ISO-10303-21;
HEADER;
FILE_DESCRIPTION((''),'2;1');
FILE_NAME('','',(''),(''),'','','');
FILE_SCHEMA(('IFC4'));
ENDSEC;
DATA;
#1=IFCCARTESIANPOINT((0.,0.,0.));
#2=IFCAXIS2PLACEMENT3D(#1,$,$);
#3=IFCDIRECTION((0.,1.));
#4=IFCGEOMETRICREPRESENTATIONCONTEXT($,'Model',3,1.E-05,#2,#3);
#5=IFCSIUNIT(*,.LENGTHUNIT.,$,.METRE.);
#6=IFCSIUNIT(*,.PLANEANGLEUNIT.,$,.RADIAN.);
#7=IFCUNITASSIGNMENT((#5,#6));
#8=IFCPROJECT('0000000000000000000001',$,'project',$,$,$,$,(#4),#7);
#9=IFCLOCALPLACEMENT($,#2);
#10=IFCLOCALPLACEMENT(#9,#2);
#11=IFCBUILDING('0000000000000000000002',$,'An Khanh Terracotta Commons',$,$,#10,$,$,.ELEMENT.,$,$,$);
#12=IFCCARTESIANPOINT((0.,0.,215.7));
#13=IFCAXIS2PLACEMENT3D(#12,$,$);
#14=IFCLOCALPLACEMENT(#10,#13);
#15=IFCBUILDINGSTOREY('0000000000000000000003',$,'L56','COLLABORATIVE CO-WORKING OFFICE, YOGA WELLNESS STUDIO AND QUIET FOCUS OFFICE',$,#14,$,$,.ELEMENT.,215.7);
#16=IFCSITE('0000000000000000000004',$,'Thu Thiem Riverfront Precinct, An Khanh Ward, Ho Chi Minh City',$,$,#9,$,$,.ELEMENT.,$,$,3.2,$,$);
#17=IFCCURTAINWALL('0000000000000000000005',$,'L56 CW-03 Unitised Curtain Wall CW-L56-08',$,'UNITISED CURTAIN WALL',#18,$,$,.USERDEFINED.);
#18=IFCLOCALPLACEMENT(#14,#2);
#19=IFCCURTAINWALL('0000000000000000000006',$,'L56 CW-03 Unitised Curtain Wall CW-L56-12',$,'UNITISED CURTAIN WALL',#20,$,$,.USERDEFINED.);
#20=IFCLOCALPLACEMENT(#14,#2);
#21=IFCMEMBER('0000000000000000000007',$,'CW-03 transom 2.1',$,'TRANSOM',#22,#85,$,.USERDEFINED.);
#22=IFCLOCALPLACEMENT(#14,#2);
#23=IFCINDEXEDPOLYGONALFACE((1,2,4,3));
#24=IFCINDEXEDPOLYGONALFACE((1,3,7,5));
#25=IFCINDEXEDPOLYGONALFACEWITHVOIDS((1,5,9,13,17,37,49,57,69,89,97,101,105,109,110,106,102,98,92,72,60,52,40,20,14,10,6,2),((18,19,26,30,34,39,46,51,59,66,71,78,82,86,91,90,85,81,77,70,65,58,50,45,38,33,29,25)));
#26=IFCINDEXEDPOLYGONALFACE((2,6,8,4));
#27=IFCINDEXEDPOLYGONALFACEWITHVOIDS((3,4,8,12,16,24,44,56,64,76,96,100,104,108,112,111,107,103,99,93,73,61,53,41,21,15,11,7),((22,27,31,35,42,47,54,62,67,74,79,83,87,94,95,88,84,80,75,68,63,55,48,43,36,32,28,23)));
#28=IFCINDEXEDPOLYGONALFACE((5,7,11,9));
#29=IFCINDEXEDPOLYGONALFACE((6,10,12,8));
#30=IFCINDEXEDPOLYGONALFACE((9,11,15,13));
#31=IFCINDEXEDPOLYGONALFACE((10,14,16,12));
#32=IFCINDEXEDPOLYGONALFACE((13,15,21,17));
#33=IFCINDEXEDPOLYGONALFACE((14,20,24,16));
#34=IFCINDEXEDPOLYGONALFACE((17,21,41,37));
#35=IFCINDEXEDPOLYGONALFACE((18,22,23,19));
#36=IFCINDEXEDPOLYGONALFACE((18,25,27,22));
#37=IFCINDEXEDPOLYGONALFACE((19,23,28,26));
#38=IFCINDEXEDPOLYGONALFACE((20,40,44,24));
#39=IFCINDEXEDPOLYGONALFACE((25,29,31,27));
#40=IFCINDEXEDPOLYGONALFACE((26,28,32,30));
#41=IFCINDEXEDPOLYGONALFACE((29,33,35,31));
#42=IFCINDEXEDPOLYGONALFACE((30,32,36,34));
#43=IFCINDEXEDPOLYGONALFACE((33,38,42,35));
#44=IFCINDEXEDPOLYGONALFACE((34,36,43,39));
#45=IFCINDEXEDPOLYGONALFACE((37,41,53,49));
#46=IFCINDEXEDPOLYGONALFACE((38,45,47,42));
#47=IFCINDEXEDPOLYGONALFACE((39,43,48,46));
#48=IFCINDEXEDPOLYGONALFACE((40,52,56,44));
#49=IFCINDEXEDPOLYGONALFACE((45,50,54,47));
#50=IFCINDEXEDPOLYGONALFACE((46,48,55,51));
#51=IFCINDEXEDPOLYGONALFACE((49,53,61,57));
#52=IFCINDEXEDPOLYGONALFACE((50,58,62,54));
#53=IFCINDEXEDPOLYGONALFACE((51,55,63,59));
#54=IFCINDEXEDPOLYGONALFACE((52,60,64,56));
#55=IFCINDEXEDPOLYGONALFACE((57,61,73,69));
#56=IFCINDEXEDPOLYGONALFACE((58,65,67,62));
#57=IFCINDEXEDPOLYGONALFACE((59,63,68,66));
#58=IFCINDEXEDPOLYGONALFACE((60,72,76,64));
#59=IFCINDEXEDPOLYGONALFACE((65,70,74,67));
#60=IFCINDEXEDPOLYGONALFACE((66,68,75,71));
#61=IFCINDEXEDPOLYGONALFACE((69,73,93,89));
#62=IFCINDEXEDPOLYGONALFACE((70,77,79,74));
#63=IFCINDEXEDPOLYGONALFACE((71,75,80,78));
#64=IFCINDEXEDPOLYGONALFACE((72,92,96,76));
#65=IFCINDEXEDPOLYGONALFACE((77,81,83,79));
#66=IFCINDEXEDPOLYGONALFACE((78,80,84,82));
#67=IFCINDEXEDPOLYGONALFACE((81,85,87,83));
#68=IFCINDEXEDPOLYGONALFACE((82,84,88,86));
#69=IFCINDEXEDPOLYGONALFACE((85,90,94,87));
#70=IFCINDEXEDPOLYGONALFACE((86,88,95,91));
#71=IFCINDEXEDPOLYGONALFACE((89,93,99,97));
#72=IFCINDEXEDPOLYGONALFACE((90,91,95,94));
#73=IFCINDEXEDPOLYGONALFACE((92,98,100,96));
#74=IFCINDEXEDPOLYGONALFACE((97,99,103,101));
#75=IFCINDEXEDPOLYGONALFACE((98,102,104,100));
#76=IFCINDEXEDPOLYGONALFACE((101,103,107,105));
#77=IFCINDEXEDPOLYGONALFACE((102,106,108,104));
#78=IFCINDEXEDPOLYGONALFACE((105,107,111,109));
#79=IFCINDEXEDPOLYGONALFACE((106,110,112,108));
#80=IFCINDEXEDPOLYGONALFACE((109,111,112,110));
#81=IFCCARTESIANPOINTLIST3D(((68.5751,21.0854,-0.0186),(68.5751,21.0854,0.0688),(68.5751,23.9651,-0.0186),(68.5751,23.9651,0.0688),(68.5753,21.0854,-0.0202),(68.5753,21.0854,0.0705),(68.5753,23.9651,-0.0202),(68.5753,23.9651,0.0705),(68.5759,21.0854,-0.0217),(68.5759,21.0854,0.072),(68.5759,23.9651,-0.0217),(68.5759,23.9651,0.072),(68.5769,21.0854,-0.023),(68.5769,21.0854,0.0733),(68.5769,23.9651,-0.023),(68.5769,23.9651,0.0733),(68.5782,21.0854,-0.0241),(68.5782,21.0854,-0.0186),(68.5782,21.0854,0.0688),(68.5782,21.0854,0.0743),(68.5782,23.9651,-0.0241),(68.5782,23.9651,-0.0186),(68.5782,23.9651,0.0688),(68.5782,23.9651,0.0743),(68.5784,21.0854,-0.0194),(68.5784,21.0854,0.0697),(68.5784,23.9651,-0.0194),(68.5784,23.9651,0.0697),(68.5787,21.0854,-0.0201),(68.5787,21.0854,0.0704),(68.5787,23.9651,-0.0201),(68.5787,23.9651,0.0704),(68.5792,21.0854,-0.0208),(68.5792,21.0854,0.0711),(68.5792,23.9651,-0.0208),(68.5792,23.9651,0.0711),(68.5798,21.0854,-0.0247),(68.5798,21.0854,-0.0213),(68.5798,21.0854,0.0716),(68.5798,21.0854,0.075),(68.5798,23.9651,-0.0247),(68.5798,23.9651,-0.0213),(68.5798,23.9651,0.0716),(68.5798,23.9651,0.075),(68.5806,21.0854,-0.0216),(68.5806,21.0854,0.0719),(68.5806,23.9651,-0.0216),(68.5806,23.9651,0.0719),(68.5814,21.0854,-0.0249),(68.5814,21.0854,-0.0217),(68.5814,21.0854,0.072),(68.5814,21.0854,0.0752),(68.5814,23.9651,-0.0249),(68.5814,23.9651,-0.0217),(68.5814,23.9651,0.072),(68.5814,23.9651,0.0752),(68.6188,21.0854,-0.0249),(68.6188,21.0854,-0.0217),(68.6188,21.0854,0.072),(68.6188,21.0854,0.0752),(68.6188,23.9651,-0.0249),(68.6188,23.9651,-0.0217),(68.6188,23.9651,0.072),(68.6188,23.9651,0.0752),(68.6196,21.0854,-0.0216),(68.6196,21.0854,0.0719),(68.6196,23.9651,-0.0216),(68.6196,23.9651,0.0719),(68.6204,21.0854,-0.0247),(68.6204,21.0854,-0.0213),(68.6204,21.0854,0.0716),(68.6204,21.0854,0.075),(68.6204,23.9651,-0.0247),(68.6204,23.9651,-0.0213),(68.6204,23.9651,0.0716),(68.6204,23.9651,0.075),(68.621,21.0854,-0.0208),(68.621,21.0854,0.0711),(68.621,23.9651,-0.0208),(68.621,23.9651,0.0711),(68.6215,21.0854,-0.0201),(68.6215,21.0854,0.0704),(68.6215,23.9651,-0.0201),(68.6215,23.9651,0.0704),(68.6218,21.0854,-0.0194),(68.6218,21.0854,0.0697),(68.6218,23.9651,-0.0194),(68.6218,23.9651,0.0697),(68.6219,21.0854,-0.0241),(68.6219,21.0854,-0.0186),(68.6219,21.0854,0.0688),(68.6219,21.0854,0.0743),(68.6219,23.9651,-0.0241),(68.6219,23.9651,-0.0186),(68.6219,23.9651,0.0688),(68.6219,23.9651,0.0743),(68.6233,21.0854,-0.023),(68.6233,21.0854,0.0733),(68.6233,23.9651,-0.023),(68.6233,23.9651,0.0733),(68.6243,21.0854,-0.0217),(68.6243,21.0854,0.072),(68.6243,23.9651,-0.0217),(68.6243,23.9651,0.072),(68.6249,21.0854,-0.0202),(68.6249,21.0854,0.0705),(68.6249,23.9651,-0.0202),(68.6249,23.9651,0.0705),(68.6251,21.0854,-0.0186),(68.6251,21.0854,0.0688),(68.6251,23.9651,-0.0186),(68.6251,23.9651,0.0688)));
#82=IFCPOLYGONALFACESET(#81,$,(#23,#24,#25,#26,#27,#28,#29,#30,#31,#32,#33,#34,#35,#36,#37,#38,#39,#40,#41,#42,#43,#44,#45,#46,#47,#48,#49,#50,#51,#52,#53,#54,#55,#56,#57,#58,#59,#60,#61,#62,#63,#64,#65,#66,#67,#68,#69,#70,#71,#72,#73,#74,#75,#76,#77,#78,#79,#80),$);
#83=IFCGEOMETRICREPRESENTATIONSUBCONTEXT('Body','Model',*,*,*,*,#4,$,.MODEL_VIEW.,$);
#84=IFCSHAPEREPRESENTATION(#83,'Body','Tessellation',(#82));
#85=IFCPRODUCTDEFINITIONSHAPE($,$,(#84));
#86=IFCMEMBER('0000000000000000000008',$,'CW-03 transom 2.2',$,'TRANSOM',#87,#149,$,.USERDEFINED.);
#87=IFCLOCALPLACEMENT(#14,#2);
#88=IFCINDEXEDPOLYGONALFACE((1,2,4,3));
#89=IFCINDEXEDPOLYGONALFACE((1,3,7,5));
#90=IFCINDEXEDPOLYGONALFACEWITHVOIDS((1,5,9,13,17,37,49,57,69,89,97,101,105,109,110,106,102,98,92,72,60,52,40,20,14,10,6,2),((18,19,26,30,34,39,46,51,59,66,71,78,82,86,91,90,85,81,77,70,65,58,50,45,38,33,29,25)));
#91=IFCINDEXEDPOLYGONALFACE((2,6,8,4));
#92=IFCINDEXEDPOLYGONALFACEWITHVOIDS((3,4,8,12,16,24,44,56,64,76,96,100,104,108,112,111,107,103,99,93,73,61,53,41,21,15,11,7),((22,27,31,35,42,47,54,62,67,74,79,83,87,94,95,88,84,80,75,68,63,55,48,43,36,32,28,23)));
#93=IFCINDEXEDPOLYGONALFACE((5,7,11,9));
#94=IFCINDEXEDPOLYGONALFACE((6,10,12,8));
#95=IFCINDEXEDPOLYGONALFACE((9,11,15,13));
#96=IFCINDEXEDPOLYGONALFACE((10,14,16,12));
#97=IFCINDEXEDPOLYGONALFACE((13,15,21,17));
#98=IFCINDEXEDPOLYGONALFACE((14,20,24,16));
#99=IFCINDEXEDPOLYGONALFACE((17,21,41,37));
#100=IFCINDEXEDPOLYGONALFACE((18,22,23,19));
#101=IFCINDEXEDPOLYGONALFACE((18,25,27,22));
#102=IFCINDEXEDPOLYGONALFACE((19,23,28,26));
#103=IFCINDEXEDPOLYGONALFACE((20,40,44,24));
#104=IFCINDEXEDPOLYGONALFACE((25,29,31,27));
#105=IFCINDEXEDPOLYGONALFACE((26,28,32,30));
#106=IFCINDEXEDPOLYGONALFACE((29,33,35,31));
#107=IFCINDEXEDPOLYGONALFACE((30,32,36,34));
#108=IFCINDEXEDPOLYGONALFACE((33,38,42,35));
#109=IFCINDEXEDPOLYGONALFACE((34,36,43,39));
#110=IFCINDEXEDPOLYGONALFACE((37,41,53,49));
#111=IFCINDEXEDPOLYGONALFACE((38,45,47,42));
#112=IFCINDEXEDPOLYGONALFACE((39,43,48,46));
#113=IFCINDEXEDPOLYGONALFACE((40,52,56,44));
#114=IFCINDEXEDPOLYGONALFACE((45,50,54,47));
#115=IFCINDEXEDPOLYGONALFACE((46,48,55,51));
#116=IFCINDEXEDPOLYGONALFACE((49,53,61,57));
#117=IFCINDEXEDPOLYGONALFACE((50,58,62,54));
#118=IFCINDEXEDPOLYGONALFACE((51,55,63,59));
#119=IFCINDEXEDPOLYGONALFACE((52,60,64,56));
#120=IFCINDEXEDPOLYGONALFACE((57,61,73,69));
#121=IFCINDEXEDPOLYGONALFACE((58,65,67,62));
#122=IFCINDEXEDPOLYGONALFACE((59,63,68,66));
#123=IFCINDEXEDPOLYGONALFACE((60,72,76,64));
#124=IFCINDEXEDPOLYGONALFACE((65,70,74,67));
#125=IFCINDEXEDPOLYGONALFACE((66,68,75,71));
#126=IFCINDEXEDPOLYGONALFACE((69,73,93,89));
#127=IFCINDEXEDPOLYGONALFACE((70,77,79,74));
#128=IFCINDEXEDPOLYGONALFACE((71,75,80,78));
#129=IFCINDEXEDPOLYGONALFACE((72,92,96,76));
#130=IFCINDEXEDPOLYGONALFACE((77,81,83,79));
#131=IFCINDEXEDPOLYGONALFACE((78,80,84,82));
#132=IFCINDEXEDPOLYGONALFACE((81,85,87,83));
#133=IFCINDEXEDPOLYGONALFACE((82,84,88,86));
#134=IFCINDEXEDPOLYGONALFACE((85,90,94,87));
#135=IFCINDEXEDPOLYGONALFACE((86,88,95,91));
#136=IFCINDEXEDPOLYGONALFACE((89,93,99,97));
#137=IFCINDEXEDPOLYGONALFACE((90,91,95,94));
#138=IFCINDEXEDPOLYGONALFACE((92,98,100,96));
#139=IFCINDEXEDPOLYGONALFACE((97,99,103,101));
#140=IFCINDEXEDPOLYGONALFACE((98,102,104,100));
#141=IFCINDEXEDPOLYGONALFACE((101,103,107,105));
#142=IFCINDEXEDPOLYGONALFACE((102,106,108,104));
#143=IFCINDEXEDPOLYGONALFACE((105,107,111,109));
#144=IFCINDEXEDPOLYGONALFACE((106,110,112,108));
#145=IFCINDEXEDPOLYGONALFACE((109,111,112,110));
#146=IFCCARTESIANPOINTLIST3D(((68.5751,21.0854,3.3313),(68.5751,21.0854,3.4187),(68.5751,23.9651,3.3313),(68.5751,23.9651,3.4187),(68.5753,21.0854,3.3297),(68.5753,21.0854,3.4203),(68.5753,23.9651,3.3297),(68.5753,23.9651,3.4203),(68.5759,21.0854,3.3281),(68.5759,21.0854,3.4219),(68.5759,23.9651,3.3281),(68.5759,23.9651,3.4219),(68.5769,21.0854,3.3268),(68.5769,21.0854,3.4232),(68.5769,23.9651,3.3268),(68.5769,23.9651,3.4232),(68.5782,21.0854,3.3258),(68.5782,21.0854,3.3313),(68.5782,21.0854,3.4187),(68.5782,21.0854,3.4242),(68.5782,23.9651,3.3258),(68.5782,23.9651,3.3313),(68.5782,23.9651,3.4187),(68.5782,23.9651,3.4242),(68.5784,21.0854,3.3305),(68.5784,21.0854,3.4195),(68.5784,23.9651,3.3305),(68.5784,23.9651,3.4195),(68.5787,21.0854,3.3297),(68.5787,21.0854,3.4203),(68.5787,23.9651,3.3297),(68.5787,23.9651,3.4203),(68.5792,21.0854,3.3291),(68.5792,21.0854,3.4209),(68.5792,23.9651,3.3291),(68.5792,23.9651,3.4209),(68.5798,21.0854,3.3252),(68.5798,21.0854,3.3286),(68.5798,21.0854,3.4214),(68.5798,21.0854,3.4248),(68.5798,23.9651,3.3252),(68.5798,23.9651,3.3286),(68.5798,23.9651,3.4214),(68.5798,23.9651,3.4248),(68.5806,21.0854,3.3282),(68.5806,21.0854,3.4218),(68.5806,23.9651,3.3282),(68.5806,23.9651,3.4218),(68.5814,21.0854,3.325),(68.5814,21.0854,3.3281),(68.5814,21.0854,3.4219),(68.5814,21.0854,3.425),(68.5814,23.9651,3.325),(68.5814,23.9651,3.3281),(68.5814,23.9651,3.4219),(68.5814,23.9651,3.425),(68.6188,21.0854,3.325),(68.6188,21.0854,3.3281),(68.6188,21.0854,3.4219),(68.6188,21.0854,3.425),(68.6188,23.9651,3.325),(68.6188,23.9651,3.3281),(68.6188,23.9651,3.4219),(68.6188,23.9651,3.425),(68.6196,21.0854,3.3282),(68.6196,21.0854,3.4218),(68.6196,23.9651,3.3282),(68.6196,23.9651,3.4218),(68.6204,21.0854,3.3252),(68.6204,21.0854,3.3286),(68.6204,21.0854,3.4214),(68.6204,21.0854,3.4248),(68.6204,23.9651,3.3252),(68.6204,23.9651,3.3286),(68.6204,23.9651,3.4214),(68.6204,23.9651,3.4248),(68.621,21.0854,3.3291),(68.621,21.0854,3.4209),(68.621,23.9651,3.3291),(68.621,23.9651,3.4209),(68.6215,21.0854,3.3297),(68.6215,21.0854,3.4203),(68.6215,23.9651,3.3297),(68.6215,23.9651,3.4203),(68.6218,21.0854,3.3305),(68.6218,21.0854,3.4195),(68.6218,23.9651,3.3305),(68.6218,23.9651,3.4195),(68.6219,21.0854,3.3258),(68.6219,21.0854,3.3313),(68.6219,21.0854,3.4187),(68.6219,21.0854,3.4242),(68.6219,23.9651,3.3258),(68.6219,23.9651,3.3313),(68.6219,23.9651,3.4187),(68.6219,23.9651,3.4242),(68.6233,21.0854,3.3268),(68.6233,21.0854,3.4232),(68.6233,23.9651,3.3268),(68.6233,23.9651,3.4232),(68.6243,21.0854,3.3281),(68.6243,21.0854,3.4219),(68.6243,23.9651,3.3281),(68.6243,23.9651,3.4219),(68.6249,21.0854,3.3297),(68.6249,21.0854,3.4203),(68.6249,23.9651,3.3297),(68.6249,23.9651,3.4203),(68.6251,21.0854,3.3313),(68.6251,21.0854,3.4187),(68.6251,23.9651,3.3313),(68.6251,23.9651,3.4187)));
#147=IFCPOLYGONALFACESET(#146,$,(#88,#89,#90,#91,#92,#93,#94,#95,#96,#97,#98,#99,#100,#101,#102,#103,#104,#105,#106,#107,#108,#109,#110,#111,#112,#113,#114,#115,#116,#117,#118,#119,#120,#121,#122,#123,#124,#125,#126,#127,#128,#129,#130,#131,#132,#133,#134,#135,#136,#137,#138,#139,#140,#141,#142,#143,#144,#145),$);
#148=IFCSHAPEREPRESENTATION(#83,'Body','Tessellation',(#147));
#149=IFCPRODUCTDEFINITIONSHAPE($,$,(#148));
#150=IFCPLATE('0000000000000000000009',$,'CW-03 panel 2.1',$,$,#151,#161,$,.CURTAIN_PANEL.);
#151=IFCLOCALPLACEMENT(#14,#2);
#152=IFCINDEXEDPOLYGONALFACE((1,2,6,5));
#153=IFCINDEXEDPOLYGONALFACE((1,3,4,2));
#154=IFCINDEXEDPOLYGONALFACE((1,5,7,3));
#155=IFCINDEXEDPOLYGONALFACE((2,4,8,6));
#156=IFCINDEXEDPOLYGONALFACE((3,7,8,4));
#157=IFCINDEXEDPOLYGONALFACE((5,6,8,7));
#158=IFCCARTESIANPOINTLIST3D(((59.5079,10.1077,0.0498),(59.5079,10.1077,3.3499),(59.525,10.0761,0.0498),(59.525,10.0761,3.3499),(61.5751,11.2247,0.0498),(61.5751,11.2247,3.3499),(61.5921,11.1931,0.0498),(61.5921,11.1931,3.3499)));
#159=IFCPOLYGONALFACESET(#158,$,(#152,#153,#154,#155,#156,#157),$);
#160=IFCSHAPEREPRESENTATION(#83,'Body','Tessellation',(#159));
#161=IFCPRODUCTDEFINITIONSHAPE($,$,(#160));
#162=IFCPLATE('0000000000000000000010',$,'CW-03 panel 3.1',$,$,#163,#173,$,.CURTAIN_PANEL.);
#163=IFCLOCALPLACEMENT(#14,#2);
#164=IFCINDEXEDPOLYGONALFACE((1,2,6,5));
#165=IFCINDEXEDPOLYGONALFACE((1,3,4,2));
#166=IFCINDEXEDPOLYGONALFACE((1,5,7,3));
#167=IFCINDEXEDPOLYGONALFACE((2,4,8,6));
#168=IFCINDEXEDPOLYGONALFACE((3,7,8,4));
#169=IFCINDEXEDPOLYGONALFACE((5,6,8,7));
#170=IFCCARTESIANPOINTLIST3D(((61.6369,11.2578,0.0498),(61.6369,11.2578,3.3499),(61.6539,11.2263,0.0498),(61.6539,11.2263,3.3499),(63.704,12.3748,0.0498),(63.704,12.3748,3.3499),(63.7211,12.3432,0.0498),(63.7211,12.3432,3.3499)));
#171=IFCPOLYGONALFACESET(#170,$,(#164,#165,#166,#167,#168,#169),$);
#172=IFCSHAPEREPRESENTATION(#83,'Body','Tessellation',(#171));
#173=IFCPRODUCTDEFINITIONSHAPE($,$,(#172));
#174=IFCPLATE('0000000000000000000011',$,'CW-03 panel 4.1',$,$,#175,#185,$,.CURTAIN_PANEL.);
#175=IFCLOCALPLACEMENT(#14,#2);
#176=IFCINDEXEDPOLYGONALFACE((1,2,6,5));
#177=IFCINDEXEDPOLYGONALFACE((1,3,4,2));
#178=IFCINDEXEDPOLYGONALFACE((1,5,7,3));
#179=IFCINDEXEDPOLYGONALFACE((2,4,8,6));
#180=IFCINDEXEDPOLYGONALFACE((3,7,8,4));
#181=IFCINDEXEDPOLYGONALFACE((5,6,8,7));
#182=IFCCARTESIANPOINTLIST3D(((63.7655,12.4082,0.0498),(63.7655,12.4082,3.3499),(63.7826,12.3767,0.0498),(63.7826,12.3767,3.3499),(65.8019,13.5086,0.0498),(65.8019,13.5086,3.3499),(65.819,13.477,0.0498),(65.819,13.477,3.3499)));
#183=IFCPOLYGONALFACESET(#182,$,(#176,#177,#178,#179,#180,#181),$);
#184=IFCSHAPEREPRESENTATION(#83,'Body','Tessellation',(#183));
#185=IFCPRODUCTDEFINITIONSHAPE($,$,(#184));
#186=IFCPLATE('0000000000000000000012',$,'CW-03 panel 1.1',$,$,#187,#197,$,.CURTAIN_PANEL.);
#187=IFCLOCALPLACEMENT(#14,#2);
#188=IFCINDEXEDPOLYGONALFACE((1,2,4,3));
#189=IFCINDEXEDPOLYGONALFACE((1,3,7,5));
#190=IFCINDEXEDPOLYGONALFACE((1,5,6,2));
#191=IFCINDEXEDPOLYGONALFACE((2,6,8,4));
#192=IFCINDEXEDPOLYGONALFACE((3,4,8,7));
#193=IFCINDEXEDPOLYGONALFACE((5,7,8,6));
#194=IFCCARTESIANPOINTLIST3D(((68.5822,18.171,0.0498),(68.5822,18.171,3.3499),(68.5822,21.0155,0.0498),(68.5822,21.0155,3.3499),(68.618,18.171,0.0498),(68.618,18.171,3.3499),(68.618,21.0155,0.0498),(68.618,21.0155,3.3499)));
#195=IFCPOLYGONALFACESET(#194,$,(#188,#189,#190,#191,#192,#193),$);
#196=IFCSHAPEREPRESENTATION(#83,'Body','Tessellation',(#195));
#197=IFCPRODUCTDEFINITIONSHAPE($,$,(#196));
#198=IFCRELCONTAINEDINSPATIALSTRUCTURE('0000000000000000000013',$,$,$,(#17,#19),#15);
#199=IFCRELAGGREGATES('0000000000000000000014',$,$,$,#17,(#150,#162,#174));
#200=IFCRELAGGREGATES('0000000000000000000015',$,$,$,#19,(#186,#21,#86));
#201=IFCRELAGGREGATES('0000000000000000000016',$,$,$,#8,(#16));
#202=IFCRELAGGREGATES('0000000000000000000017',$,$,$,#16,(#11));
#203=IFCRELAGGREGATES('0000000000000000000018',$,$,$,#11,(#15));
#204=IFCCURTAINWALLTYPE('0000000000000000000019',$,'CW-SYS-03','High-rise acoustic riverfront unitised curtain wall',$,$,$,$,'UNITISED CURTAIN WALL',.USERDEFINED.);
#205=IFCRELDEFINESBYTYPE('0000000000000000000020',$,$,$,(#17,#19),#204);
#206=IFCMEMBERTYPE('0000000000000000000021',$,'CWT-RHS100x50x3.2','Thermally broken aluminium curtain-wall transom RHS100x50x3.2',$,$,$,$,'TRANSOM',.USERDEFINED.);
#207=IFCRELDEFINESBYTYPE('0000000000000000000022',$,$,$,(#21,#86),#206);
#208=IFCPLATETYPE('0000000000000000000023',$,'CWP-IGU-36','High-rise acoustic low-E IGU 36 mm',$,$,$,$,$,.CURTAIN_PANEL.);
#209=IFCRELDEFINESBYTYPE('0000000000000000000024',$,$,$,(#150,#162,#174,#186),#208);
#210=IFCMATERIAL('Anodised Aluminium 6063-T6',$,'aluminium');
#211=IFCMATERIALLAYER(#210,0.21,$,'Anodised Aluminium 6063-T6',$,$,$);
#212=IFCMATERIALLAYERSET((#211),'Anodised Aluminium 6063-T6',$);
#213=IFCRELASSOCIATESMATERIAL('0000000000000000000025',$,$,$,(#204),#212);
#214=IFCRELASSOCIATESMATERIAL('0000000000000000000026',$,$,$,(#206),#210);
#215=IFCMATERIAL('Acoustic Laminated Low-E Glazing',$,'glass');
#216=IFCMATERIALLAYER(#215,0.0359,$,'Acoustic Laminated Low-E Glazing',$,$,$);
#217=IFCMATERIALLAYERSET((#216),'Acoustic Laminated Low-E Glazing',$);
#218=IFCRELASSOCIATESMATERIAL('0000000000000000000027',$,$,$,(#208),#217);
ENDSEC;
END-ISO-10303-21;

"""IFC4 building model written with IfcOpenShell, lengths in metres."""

from ifc_helpers import new_model, si_unit, direction, frame, origin, origin_2d, place, context, subcontext, project, spatial, rectangle, hollow_rectangle, extrude, material, layer, layer_set, material_profile, profile_set, type_object, element, aggregate, save


model = new_model("IFC4")

# Units and contexts
model_context = context("Model", 3, precision=1e-05, world=origin(), true_north=direction((0.0, 1.0)))
body_context = subcontext(model_context, "Body", "Model", "MODEL_VIEW")
ifc_project = project(units=[si_unit("LENGTHUNIT", "METRE"), si_unit("PLANEANGLEUNIT", "RADIAN")], contexts=[model_context])

# Site, building, storey
site_placement = place(None, origin())
site = spatial("IfcSite", under=ifc_project, at=site_placement, Name="Thu Thiem Riverfront Precinct, An Khanh Ward, Ho Chi Minh City", CompositionType="ELEMENT", RefElevation=3.2)
building_placement = place(site_placement, origin())
building = spatial("IfcBuilding", under=site, at=building_placement, Name="An Khanh Terracotta Commons", CompositionType="ELEMENT")
storey_placement = place(building_placement, frame((0.0, 0.0, 215.7)))
storey = spatial("IfcBuildingStorey", under=building, at=storey_placement, Name="L56", Description="COLLABORATIVE CO-WORKING OFFICE, YOGA WELLNESS STUDIO AND QUIET FOCUS OFFICE", CompositionType="ELEMENT", Elevation=215.7)

# Curtain walls
ifc_material_1 = material(Name="Anodised Aluminium 6063-T6", Category="aluminium")
ifc_layer_1 = layer(ifc_material_1, 0.21, Name="Anodised Aluminium 6063-T6")
ifc_layer_set_1 = layer_set([ifc_layer_1], Name="Anodised Aluminium 6063-T6")
curtain_wall_type = type_object("IfcCurtainWallType", Name="CW-SYS-03", Description="High-rise acoustic riverfront unitised curtain wall", ElementType="UNITISED CURTAIN WALL", PredefinedType="USERDEFINED", material=ifc_layer_set_1)
curtain_wall_1_placement = place(storey_placement, origin())
curtain_wall_1 = element("IfcCurtainWall", 1, at=curtain_wall_1_placement, inside=storey, type_object=curtain_wall_type, Name="L56 CW-03 Unitised Curtain Wall CW-L56-08", ObjectType="UNITISED CURTAIN WALL", PredefinedType="USERDEFINED")
curtain_wall_2_placement = place(storey_placement, origin())
curtain_wall_2 = element("IfcCurtainWall", 2, at=curtain_wall_2_placement, inside=storey, type_object=curtain_wall_type, Name="L56 CW-03 Unitised Curtain Wall CW-L56-12", ObjectType="UNITISED CURTAIN WALL", PredefinedType="USERDEFINED")

# Members
ifc_material_profile_1 = material_profile(ifc_material_1, hollow_rectangle(XDim=0.05, YDim=0.1001, WallThickness=0.0032, InnerFilletRadius=0.0032, OuterFilletRadius=0.0063, at=origin_2d()), Name="RHS100x50x3.2")
ifc_profile_set_1 = profile_set([ifc_material_profile_1], Name="Anodised Aluminium 6063-T6")
member_type_1 = type_object("IfcMemberType", Name="CWT-RHS100x50x3.2", Description="Thermally broken aluminium curtain-wall transom RHS100x50x3.2", ElementType="TRANSOM", PredefinedType="USERDEFINED", material=ifc_profile_set_1)
member_1_placement = place(storey_placement, frame((68.6001, 21.0854, 0.0251), z_axis=(0.0, 1.0, 0.0), x_axis=(-1.0, 0.0, 0.0)))
member_1 = element("IfcMember", 3, at=member_1_placement, type_object=member_type_1, Name="CW-03 transom 2.1", ObjectType="TRANSOM", PredefinedType="USERDEFINED", context=body_context, shape_type="SweptSolid", body=[
    extrude(hollow_rectangle(XDim=0.05, YDim=0.1001, WallThickness=0.0032, InnerFilletRadius=0.0032, OuterFilletRadius=0.0063, at=origin_2d()), origin(), (0.0, 0.0, 1.0), 2.8796),
])
member_2_placement = place(storey_placement, frame((68.6001, 21.0854, 3.375), z_axis=(0.0, 1.0, 0.0), x_axis=(-1.0, 0.0, 0.0)))
member_2 = element("IfcMember", 4, at=member_2_placement, type_object=member_type_1, Name="CW-03 transom 2.2", ObjectType="TRANSOM", PredefinedType="USERDEFINED", context=body_context, shape_type="SweptSolid", body=[
    extrude(hollow_rectangle(XDim=0.05, YDim=0.1001, WallThickness=0.0032, InnerFilletRadius=0.0032, OuterFilletRadius=0.0063, at=origin_2d()), origin(), (0.0, 0.0, 1.0), 2.8796),
])

# Plates
ifc_material_2 = material(Name="Acoustic Laminated Low-E Glazing", Category="glass")
ifc_layer_2 = layer(ifc_material_2, 0.0359, Name="Acoustic Laminated Low-E Glazing")
ifc_layer_set_2 = layer_set([ifc_layer_2], Name="Acoustic Laminated Low-E Glazing")
plate_type = type_object("IfcPlateType", Name="CWP-IGU-36", Description="High-rise acoustic low-E IGU 36 mm", PredefinedType="CURTAIN_PANEL", material=ifc_layer_set_2)
plate_1_placement = place(storey_placement, frame((60.55, 10.6504, 0.0498), z_axis=(0.0, 0.0, 1.0), x_axis=(0.87978, 0.475381, 0.0)))
plate_1 = element("IfcPlate", 5, at=plate_1_placement, type_object=plate_type, Name="CW-03 panel 2.1", PredefinedType="CURTAIN_PANEL", context=body_context, shape_type="SweptSolid", body=[
    extrude(rectangle(XDim=2.3496, YDim=0.0359, at=origin_2d()), origin(), (0.0, 0.0, 1.0), 3.3),
])
plate_2_placement = place(storey_placement, frame((62.679, 11.8005, 0.0498), z_axis=(0.0, 0.0, 1.0), x_axis=(0.87978, 0.475381, 0.0)))
plate_2 = element("IfcPlate", 6, at=plate_2_placement, type_object=plate_type, Name="CW-03 panel 3.1", PredefinedType="CURTAIN_PANEL", context=body_context, shape_type="SweptSolid", body=[
    extrude(rectangle(XDim=2.3496, YDim=0.0359, at=origin_2d()), origin(), (0.0, 0.0, 1.0), 3.3),
])
plate_3_placement = place(storey_placement, frame((64.7922, 12.9426, 0.0498), z_axis=(0.0, 0.0, 1.0), x_axis=(0.87978, 0.475381, 0.0)))
plate_3 = element("IfcPlate", 7, at=plate_3_placement, type_object=plate_type, Name="CW-03 panel 4.1", PredefinedType="CURTAIN_PANEL", context=body_context, shape_type="SweptSolid", body=[
    extrude(rectangle(XDim=2.3147, YDim=0.0359, at=origin_2d()), origin(), (0.0, 0.0, 1.0), 3.3),
])
aggregate(curtain_wall_1, [plate_1, plate_2, plate_3])
plate_4_placement = place(storey_placement, frame((68.6001, 19.5933, 0.0498), z_axis=(0.0, 0.0, 1.0), x_axis=(0.0, 1.0, 0.0)))
plate_4 = element("IfcPlate", 8, at=plate_4_placement, type_object=plate_type, Name="CW-03 panel 1.1", PredefinedType="CURTAIN_PANEL", context=body_context, shape_type="SweptSolid", body=[
    extrude(rectangle(XDim=2.8445, YDim=0.0359, at=origin_2d()), origin(), (0.0, 0.0, 1.0), 3.3),
])
aggregate(curtain_wall_2, [plate_4, member_1, member_2])

save(model, "model.ifc")
